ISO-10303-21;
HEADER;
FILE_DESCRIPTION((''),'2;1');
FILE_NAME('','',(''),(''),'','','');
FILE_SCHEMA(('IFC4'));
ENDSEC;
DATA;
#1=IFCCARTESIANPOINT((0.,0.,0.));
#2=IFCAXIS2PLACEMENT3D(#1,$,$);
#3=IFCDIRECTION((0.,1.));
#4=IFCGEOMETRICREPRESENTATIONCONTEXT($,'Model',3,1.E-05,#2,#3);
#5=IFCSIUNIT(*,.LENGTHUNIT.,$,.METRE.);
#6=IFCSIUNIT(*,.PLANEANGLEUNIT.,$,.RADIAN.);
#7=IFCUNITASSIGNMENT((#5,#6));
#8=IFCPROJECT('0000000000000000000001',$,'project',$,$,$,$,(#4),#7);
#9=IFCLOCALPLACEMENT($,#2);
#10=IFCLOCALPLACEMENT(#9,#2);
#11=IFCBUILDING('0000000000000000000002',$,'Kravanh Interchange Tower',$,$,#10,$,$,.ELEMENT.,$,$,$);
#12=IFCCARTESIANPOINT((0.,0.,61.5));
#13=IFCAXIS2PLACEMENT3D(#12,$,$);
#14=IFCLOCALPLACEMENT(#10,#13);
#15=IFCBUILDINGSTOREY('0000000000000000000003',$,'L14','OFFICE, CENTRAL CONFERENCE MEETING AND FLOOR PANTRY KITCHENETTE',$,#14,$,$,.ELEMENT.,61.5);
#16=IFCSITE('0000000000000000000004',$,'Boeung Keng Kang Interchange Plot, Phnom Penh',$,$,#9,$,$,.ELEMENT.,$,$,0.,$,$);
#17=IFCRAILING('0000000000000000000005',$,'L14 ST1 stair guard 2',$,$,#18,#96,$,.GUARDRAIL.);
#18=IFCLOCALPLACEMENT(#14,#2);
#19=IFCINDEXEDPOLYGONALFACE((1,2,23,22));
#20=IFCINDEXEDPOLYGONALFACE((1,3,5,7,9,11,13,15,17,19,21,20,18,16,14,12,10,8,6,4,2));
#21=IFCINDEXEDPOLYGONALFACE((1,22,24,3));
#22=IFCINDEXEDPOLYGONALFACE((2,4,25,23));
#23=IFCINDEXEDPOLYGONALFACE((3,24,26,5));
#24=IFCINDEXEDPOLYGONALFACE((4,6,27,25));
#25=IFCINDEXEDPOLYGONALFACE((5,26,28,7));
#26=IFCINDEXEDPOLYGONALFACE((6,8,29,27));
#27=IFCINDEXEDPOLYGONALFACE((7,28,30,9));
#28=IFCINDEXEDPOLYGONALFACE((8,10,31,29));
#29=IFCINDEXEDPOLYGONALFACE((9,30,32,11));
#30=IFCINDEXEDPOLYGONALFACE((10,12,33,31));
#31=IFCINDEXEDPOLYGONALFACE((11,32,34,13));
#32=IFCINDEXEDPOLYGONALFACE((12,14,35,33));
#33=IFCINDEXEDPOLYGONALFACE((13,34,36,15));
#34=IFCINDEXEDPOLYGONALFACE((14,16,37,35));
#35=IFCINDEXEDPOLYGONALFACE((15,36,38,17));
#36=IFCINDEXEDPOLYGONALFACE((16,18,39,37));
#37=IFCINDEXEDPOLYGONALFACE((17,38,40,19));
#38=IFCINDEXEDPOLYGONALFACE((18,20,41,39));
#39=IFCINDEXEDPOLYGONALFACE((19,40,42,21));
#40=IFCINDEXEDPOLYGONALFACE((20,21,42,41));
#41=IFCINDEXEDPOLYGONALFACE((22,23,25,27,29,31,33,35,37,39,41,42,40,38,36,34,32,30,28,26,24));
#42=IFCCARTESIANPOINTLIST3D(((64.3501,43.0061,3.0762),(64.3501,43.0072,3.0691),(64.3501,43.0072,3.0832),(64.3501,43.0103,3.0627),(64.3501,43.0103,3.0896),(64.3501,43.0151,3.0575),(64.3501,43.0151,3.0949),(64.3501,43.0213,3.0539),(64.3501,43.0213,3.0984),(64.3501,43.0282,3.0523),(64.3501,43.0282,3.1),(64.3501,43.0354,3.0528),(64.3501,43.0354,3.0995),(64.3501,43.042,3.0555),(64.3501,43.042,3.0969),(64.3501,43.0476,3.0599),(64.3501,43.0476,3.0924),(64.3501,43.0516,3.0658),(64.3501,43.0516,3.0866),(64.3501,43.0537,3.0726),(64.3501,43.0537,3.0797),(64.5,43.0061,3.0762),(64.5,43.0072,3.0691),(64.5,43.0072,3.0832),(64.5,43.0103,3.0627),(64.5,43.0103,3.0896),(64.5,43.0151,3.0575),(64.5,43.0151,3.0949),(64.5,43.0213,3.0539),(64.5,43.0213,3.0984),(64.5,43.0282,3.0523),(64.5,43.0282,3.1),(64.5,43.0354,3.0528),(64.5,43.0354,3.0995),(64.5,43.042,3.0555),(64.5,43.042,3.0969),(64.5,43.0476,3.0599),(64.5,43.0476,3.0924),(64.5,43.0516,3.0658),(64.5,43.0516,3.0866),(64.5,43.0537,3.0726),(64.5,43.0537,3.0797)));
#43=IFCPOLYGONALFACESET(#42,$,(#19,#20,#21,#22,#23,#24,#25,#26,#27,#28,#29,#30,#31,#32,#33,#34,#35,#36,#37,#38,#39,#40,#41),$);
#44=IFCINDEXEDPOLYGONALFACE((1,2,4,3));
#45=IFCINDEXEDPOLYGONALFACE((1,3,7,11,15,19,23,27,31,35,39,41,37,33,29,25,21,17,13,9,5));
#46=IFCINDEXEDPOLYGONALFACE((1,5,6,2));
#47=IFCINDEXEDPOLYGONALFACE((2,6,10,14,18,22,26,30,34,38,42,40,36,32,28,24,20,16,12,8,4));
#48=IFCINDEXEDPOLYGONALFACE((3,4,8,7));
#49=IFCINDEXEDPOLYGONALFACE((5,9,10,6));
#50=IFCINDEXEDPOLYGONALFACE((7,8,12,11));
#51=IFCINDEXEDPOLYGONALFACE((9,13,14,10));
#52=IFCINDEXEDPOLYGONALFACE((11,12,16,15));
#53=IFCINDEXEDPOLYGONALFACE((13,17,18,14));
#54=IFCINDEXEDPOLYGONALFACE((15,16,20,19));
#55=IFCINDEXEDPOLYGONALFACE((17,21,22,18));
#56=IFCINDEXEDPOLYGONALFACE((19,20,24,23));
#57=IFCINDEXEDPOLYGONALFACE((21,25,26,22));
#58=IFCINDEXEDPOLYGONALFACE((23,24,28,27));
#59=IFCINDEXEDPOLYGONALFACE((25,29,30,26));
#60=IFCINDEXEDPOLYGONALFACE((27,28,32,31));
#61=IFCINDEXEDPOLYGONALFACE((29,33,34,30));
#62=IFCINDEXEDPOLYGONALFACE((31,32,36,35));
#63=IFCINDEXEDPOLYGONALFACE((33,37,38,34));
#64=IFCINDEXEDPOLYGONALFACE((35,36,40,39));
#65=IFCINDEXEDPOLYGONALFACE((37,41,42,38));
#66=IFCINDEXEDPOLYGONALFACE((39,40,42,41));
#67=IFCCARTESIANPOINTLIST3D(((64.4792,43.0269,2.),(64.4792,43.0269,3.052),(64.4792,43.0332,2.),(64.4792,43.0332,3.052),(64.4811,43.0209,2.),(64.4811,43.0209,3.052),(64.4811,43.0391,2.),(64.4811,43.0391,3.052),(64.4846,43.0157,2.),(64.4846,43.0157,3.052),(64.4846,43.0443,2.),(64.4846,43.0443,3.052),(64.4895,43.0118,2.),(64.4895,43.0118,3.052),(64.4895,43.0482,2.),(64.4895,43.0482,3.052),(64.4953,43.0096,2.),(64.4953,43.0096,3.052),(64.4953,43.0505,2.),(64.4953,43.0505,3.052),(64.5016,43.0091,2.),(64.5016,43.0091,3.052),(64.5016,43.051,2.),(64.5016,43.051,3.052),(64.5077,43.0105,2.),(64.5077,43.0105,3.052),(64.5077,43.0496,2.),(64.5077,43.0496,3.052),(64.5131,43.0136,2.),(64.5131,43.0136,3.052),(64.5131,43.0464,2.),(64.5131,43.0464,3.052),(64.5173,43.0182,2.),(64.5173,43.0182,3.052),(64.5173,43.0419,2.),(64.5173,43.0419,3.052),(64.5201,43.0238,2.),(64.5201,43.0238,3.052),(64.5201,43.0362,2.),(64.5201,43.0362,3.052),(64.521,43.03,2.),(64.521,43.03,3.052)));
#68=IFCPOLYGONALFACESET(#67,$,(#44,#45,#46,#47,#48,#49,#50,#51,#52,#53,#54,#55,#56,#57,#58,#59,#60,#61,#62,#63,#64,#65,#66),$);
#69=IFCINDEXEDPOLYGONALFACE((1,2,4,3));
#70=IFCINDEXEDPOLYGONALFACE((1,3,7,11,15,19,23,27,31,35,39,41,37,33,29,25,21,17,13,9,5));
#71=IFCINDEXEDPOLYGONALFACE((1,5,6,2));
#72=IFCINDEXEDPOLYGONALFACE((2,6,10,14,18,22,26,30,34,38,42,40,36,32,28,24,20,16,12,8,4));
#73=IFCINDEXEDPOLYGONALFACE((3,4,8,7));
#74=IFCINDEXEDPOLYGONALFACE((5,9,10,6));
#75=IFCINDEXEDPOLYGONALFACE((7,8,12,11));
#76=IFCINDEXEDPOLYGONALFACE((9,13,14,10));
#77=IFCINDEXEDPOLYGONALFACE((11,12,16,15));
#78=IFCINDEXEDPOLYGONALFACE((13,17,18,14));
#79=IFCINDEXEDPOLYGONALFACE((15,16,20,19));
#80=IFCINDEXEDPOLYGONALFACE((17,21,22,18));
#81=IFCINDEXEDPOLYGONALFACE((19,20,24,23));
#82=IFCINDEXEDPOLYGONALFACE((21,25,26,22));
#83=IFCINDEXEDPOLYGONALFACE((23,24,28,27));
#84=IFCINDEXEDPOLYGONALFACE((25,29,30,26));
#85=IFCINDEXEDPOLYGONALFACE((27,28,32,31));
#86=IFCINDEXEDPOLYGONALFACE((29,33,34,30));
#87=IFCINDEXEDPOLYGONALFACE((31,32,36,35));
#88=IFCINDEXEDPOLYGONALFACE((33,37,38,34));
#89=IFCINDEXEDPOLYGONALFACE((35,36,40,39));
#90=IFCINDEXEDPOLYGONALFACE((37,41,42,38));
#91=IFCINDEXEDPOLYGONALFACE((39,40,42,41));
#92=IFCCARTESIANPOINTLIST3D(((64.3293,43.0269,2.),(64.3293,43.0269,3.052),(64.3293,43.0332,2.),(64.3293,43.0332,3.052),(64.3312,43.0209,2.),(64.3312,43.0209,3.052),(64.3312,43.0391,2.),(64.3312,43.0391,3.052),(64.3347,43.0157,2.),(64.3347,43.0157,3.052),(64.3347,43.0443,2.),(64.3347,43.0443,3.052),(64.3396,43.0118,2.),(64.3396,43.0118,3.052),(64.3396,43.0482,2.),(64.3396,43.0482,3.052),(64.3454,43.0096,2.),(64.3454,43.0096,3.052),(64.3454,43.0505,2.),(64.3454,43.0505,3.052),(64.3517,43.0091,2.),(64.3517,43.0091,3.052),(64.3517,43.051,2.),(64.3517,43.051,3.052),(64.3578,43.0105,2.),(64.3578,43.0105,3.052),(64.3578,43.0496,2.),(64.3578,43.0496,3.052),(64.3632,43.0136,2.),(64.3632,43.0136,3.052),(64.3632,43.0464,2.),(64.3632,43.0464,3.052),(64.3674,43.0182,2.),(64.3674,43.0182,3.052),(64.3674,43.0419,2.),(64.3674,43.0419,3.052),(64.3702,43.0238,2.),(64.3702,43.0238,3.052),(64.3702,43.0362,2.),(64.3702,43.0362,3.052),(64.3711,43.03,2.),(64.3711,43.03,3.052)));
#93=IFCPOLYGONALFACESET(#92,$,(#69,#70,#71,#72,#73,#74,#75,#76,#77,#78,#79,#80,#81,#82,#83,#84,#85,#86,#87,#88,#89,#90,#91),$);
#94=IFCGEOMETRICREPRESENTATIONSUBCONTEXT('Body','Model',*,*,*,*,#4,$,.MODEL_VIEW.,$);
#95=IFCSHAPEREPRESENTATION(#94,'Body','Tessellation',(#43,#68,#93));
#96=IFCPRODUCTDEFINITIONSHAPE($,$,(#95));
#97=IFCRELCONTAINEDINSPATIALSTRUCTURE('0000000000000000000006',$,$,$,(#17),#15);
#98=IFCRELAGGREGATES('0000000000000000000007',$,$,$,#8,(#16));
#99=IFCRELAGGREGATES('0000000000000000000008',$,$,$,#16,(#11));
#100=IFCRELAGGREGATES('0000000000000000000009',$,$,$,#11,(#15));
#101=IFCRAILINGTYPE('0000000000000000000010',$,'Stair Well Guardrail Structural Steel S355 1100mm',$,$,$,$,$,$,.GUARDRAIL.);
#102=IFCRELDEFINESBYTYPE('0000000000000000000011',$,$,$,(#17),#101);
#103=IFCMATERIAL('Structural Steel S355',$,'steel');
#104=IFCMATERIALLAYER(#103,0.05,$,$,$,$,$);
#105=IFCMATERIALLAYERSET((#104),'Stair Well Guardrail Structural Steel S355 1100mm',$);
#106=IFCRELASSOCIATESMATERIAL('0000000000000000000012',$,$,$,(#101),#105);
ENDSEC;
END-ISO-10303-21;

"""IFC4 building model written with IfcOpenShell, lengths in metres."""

from ifc_helpers import new_model, si_unit, direction, frame, origin, origin_2d, place, context, subcontext, project, spatial, circle, extrude, material, layer, layer_set, type_object, element, save


model = new_model("IFC4")

# Units and contexts
model_context = context("Model", 3, precision=1e-05, world=origin(), true_north=direction((0.0, 1.0)))
body_context = subcontext(model_context, "Body", "Model", "MODEL_VIEW")
ifc_project = project(units=[si_unit("LENGTHUNIT", "METRE"), si_unit("PLANEANGLEUNIT", "RADIAN")], contexts=[model_context])

# Site, building, storey
site_placement = place(None, origin())
site = spatial("IfcSite", under=ifc_project, at=site_placement, Name="Boeung Keng Kang Interchange Plot, Phnom Penh", CompositionType="ELEMENT", RefElevation=0.0)
building_placement = place(site_placement, origin())
building = spatial("IfcBuilding", under=site, at=building_placement, Name="Kravanh Interchange Tower", CompositionType="ELEMENT")
storey_placement = place(building_placement, frame((0.0, 0.0, 61.5)))
storey = spatial("IfcBuildingStorey", under=building, at=storey_placement, Name="L14", Description="OFFICE, CENTRAL CONFERENCE MEETING AND FLOOR PANTRY KITCHENETTE", CompositionType="ELEMENT", Elevation=61.5)

# Railing
ifc_material_1 = material(Name="Structural Steel S355", Category="steel")
ifc_layer_1 = layer(ifc_material_1, 0.05)
ifc_layer_set_1 = layer_set([ifc_layer_1], Name="Stair Well Guardrail Structural Steel S355 1100mm")
railing_type_1 = type_object("IfcRailingType", Name="Stair Well Guardrail Structural Steel S355 1100mm", PredefinedType="GUARDRAIL", material=ifc_layer_set_1)
railing_1_placement = place(storey_placement, frame((64.5, 43.03, 2.0)))
element("IfcRailing", 1, at=railing_1_placement, inside=storey, type_object=railing_type_1, Name="L14 ST1 stair guard 2", PredefinedType="GUARDRAIL", context=body_context, shape_type="SweptSolid", body=[
    extrude(circle(Radius=0.0239, at=origin_2d()), frame((0.0, 0.0, 1.0762), z_axis=(-1.0, 0.0, 0.0), x_axis=(0.0, -1.0, 0.0)), (0.0, 0.0, 1.0), 0.1499),
    extrude(circle(Radius=0.021, at=origin_2d()), origin(), (0.0, 0.0, 1.0), 1.052),
    extrude(circle(Radius=0.021, at=origin_2d()), frame((-0.1499, 0.0, 0.0)), (0.0, 0.0, 1.0), 1.052),
])

save(model, "model.ifc")
